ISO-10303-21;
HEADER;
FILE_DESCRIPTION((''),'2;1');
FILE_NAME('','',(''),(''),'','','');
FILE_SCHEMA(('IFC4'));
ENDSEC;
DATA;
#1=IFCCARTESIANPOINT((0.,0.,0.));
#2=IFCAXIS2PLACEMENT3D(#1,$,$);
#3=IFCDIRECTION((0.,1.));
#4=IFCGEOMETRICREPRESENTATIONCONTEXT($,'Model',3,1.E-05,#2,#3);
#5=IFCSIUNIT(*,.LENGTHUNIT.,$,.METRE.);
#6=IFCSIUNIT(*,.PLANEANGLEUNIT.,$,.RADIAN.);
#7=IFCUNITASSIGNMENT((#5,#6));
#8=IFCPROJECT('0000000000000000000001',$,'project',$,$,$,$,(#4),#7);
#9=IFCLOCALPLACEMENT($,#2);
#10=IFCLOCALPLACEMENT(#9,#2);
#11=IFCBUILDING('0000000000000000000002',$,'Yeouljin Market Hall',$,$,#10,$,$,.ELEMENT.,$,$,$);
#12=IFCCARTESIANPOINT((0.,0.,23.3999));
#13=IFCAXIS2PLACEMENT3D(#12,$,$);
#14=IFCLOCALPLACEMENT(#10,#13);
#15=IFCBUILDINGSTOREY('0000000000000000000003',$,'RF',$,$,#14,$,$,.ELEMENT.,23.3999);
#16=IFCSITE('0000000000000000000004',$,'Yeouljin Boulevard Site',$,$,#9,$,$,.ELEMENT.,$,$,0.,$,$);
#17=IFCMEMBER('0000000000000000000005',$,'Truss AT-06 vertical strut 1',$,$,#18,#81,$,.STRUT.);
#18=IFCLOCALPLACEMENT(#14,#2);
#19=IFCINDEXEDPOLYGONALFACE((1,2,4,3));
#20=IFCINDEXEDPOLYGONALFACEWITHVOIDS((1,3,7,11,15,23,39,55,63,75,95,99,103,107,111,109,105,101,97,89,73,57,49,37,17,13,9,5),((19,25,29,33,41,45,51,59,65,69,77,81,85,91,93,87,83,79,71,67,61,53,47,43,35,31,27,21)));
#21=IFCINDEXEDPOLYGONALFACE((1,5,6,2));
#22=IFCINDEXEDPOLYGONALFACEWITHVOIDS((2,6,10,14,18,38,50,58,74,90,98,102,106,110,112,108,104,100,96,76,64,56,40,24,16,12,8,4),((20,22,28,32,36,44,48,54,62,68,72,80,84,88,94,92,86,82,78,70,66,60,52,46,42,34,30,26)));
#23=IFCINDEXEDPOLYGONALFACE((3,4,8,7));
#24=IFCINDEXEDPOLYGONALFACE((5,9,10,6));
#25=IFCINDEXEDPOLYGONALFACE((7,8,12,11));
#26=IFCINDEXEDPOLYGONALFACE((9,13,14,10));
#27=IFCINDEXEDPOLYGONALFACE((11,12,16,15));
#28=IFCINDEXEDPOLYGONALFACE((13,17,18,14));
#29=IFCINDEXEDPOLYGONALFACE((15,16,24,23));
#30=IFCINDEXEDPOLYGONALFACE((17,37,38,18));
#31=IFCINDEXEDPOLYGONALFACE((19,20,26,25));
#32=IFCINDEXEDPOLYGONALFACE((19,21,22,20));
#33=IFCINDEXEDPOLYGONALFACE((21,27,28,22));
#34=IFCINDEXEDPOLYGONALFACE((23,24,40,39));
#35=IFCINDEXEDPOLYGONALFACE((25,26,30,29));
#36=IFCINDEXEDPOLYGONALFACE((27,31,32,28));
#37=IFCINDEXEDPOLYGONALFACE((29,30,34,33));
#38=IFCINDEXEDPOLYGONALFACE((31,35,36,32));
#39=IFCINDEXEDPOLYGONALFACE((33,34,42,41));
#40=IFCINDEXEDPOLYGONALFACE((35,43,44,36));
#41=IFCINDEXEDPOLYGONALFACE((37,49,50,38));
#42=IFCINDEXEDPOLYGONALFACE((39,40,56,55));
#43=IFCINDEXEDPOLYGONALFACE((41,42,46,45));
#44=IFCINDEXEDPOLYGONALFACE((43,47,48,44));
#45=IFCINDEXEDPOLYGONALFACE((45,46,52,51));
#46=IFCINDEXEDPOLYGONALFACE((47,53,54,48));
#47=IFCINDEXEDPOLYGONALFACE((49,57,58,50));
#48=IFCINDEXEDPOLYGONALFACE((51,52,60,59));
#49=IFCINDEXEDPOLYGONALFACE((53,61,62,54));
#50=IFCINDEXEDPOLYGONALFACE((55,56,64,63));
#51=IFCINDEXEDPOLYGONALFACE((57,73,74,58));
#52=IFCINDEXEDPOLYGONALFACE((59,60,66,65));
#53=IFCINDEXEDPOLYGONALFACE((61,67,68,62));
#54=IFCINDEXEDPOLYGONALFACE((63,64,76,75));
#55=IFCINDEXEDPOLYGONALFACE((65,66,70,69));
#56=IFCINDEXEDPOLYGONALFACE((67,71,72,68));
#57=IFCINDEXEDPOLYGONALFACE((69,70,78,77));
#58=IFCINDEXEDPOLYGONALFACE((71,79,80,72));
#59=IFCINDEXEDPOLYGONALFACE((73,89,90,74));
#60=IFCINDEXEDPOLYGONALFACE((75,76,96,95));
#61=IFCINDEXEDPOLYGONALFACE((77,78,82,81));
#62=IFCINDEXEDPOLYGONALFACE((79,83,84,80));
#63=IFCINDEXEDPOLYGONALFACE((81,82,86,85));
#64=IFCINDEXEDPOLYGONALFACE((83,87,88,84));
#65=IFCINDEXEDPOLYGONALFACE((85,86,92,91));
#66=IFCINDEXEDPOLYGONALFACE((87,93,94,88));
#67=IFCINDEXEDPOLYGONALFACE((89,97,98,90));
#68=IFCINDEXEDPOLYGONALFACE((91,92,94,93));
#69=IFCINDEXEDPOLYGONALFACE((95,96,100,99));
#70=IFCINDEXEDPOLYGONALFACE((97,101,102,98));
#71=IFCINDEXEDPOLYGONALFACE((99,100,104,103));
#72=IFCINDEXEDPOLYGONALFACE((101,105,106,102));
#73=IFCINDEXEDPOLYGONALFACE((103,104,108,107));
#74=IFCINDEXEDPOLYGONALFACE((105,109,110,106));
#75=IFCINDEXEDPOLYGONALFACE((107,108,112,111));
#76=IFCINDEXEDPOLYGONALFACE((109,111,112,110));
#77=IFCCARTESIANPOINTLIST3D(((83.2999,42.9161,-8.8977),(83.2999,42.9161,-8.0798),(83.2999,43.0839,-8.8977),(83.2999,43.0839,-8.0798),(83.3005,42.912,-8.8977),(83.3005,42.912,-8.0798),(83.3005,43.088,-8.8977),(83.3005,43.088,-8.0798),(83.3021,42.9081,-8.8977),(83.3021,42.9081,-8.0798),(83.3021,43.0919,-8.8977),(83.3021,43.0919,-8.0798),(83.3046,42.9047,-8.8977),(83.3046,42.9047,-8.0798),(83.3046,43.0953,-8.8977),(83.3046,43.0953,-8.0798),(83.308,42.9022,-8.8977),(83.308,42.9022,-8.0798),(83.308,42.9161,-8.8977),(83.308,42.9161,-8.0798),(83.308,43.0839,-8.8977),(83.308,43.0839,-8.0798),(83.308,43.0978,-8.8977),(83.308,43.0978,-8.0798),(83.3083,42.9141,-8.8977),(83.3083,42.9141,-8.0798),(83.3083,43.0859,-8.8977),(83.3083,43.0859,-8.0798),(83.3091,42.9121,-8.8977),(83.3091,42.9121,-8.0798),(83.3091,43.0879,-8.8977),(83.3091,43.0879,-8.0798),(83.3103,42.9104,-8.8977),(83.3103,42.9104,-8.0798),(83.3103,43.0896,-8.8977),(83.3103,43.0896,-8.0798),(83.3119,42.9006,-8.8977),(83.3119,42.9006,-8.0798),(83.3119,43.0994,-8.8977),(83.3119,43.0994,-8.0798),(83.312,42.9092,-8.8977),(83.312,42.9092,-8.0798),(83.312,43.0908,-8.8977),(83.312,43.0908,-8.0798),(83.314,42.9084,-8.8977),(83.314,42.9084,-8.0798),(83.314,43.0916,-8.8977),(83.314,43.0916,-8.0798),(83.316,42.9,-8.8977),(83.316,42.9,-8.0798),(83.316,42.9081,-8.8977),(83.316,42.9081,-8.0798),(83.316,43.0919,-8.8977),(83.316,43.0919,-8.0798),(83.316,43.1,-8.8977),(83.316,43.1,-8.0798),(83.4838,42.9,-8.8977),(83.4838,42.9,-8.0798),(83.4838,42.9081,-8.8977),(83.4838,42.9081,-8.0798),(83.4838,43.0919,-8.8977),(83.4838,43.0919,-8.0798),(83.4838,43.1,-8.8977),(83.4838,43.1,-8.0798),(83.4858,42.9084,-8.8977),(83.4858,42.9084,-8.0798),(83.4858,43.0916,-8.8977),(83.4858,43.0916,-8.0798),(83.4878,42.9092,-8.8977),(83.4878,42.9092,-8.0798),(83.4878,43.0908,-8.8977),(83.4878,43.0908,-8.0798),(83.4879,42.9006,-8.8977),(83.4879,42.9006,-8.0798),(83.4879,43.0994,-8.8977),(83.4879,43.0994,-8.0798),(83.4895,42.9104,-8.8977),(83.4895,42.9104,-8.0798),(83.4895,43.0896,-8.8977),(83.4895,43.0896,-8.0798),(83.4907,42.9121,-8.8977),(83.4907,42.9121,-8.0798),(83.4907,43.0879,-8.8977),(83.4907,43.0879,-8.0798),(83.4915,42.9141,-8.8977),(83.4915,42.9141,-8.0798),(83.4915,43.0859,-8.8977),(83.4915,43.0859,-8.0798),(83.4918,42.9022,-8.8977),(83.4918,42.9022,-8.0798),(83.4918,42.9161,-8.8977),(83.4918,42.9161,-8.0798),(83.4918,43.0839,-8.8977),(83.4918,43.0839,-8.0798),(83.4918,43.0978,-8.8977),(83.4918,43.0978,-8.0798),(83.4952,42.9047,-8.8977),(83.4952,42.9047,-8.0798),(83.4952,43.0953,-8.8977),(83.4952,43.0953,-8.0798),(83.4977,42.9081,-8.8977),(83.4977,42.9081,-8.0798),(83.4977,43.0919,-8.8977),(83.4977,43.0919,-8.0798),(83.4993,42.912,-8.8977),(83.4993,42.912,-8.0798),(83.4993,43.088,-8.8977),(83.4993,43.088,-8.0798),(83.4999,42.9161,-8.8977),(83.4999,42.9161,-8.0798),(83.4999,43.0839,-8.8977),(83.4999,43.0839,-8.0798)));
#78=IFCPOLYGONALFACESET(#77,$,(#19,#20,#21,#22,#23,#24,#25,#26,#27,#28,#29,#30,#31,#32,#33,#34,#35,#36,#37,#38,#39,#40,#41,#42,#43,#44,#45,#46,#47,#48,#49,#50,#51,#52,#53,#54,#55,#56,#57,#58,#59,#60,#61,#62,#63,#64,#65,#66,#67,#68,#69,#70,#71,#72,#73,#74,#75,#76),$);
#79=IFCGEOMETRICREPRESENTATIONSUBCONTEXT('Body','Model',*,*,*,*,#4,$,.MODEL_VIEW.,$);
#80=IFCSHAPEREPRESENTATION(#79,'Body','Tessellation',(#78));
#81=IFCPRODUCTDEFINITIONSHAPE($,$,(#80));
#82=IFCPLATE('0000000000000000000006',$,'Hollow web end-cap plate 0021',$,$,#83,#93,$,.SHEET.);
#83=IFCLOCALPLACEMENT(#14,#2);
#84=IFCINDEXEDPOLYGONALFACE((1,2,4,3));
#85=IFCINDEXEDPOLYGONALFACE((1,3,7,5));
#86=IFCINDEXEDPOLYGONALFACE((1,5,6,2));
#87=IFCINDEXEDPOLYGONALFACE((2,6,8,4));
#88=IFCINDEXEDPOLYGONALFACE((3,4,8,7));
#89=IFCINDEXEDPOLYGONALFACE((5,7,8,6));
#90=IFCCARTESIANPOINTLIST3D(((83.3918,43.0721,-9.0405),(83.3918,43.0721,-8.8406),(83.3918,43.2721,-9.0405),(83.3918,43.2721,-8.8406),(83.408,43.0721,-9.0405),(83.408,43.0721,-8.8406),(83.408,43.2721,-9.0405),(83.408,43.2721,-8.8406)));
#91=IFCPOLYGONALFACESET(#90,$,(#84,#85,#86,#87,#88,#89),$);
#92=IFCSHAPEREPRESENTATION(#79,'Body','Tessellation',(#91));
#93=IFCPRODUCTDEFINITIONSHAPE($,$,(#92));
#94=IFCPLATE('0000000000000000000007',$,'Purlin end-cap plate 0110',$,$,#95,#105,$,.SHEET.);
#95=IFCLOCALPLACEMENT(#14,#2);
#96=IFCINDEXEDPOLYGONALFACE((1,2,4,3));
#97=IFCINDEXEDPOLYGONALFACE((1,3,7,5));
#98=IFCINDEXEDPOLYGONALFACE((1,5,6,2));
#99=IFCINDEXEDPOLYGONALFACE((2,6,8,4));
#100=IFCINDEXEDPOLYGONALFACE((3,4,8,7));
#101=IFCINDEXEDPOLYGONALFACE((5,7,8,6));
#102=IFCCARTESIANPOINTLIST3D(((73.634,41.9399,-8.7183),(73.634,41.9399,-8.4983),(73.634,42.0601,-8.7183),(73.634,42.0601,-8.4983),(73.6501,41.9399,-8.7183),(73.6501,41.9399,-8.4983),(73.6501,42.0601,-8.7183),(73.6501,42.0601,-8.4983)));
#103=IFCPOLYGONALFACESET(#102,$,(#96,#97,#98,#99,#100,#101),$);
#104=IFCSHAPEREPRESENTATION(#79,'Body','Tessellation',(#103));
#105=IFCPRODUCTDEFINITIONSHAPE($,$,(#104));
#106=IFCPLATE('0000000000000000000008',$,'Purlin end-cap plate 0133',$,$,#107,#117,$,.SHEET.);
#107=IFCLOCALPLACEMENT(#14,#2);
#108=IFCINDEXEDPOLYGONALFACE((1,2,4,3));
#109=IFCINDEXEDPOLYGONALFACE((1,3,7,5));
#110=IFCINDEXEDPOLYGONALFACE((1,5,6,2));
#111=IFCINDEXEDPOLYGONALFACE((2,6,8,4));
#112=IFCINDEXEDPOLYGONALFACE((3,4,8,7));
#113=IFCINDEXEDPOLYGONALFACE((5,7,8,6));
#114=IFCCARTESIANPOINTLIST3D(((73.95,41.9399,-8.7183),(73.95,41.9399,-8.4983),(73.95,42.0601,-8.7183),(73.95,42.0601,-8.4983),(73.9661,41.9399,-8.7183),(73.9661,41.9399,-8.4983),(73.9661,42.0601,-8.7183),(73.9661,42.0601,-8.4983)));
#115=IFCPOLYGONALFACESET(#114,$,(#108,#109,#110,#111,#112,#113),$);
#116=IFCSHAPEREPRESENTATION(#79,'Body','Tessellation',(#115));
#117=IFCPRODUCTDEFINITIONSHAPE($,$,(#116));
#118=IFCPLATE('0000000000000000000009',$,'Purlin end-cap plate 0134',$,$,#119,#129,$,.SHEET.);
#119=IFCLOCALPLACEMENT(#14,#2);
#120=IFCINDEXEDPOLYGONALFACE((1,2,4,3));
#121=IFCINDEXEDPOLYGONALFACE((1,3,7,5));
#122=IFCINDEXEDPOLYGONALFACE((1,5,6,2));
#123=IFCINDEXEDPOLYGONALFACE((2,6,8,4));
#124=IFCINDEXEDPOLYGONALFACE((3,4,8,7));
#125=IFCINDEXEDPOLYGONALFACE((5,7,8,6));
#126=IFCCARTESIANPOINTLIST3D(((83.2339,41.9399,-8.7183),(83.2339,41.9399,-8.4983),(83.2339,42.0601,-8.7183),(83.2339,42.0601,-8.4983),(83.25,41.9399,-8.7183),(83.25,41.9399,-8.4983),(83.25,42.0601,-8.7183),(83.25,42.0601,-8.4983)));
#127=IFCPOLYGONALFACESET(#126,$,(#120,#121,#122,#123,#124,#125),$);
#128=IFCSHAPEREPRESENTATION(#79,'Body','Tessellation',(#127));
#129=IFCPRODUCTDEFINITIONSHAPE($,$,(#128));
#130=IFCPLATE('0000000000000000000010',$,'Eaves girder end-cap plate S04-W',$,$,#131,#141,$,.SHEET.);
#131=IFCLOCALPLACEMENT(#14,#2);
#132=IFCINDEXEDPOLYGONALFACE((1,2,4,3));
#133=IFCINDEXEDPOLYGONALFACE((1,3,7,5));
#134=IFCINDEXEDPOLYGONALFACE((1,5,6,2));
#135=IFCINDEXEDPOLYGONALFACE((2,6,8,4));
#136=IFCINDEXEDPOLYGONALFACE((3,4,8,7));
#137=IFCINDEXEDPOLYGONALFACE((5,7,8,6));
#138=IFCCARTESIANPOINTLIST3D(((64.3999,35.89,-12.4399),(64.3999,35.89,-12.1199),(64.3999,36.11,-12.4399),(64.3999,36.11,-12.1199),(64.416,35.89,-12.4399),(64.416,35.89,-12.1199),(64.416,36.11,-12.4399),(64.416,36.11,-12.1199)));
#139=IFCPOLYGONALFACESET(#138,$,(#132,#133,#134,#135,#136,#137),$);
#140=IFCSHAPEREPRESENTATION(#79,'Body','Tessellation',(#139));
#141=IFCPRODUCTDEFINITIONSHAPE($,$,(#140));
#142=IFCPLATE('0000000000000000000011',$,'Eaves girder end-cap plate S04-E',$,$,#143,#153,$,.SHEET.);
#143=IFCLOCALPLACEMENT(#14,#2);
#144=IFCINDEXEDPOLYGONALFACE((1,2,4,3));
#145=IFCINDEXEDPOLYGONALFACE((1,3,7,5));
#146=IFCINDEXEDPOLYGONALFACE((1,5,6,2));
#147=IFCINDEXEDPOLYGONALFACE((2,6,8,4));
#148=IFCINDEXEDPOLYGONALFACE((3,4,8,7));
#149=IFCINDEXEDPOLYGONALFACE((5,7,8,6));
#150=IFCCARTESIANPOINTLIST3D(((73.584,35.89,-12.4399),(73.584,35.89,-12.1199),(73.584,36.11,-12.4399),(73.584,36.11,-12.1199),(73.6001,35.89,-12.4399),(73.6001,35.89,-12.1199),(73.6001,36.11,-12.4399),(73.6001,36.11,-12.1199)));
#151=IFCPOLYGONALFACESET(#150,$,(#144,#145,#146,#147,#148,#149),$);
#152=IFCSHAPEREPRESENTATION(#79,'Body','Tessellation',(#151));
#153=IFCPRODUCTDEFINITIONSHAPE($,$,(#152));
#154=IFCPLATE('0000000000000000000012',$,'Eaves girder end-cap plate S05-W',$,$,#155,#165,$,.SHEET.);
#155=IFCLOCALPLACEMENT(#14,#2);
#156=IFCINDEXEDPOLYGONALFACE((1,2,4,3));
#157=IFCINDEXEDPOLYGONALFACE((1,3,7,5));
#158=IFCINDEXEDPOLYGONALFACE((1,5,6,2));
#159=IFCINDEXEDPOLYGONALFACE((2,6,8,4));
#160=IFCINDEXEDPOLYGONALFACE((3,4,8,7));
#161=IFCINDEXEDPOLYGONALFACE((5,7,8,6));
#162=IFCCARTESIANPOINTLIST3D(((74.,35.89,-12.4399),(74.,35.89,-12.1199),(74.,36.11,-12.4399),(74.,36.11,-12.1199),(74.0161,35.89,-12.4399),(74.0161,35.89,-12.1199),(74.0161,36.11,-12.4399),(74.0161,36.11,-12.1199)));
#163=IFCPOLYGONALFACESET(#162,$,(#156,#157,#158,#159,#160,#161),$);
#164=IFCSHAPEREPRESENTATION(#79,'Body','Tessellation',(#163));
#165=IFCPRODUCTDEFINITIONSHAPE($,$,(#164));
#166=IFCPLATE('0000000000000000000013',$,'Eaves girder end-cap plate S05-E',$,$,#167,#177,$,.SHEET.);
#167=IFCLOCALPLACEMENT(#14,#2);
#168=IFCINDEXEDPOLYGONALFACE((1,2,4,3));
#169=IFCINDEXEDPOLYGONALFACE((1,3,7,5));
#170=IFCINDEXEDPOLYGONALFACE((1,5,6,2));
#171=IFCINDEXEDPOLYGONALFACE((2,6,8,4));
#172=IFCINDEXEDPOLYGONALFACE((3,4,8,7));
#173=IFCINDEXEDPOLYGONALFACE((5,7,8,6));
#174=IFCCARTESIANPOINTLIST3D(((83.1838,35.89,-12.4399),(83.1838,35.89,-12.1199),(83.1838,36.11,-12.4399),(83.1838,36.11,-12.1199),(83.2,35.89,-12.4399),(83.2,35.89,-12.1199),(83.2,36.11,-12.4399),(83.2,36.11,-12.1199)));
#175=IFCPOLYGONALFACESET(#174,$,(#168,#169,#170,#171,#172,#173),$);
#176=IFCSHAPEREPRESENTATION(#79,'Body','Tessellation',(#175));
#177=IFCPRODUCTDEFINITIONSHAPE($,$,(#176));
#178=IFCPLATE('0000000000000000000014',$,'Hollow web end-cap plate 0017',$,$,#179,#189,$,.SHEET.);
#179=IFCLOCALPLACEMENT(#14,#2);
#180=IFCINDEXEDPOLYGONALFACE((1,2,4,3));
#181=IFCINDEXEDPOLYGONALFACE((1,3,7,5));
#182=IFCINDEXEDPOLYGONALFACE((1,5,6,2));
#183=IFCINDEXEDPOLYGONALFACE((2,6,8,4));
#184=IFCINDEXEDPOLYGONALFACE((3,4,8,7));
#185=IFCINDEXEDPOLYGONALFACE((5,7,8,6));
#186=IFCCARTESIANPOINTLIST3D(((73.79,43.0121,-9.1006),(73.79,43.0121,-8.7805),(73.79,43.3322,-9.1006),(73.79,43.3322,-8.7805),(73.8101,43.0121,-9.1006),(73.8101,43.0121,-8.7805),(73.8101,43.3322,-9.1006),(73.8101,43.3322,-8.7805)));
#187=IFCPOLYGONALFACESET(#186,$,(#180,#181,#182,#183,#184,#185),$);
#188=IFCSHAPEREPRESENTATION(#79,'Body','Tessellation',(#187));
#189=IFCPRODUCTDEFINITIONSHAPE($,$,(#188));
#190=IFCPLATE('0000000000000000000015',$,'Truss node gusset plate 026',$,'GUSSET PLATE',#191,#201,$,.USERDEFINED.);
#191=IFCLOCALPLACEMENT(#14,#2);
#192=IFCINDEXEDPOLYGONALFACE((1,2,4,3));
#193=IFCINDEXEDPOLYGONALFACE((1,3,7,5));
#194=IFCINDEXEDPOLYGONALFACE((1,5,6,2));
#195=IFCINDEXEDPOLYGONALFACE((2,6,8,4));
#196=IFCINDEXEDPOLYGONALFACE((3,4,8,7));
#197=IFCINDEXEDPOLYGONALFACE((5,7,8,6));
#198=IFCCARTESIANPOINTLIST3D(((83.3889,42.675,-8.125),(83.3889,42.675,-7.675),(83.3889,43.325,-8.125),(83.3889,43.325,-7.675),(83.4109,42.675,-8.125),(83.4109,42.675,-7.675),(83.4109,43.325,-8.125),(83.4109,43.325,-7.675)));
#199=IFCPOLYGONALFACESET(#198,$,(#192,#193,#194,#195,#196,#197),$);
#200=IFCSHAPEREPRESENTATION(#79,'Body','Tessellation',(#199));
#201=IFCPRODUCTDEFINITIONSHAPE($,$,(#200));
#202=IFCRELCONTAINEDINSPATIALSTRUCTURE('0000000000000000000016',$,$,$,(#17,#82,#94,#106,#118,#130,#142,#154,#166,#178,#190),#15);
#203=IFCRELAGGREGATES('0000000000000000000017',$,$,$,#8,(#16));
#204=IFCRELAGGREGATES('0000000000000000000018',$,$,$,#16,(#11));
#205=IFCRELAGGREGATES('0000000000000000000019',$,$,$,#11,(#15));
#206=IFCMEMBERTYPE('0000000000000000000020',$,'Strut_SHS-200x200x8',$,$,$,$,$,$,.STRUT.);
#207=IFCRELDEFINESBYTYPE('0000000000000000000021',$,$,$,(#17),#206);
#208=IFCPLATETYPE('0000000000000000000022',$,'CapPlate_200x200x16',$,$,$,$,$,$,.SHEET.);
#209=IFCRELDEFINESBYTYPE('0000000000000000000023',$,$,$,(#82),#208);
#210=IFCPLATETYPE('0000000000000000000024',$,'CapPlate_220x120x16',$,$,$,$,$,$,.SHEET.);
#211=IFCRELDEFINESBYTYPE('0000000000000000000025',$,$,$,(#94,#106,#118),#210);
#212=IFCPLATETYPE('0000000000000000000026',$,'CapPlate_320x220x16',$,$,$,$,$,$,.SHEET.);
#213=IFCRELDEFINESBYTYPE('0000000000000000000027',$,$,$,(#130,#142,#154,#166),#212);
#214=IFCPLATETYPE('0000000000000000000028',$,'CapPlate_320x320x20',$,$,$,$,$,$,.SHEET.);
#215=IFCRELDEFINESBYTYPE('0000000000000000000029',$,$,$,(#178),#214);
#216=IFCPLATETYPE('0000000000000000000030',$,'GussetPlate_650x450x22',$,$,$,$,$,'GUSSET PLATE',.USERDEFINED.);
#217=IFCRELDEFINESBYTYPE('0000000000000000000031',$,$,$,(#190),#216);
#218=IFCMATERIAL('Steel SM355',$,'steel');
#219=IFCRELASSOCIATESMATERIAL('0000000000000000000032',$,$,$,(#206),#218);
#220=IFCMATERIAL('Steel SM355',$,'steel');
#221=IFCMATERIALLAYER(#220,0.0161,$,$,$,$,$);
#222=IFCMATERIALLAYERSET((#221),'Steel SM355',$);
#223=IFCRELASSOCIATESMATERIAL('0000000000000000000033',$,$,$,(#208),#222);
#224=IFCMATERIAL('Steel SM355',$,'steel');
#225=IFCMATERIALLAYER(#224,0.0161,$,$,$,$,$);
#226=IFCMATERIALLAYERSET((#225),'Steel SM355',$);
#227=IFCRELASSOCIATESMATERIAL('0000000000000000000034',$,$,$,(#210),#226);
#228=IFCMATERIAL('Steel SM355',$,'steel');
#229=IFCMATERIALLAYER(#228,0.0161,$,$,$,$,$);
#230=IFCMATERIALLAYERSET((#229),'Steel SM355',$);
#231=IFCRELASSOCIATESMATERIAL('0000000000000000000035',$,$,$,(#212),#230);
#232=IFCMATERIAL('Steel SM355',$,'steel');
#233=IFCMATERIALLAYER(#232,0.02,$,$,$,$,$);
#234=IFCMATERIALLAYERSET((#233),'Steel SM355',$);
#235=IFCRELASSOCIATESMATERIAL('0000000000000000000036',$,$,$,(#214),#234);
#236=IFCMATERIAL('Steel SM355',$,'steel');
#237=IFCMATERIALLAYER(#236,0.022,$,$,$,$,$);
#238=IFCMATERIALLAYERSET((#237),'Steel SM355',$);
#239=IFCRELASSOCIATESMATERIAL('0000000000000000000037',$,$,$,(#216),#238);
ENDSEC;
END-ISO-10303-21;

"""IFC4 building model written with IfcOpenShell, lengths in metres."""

from ifc_helpers import new_model, si_unit, direction, frame, origin, origin_2d, place, context, subcontext, project, spatial, rectangle, hollow_rectangle, extrude, material, layer, layer_set, material_profile, profile_set, type_object, element, save


model = new_model("IFC4")

# Units and contexts
model_context = context("Model", 3, precision=1e-05, world=origin(), true_north=direction((0.0, 1.0)))
body_context = subcontext(model_context, "Body", "Model", "MODEL_VIEW")
ifc_project = project(units=[si_unit("LENGTHUNIT", "METRE"), si_unit("PLANEANGLEUNIT", "RADIAN")], contexts=[model_context])

# Site, building, storey
site_placement = place(None, origin())
site = spatial("IfcSite", under=ifc_project, at=site_placement, Name="Yeouljin Boulevard Site", CompositionType="ELEMENT", RefElevation=0.0)
building_placement = place(site_placement, origin())
building = spatial("IfcBuilding", under=site, at=building_placement, Name="Yeouljin Market Hall", CompositionType="ELEMENT")
storey_placement = place(building_placement, frame((0.0, 0.0, 23.3999)))
storey = spatial("IfcBuildingStorey", under=building, at=storey_placement, Name="RF", CompositionType="ELEMENT", Elevation=23.3999)

# Member
ifc_material_1 = material(Name="Steel SM355", Category="steel")
ifc_material_profile_1 = material_profile(ifc_material_1, hollow_rectangle(XDim=0.2, YDim=0.2, WallThickness=0.0081, InnerFilletRadius=0.0081, OuterFilletRadius=0.0161, at=origin_2d()), Name="SHS-200x200x8")
ifc_profile_set_1 = profile_set([ifc_material_profile_1], Name="Steel SM355")
member_type_1 = type_object("IfcMemberType", Name="Strut_SHS-200x200x8", PredefinedType="STRUT", material=ifc_profile_set_1)
for number, where, z_axis, x_axis, name in (
    (1, (83.3999, 43.0, -8.8977), (0.0, 0.0, 1.0), (1.0, 0.0, 0.0), "Truss AT-06 vertical strut 1"),
):
    element("IfcMember", number, at=place(storey_placement, frame(where, z_axis=z_axis, x_axis=x_axis)), inside=storey, type_object=member_type_1, Name=name, PredefinedType="STRUT", context=body_context, shape_type="SweptSolid", body=[
        extrude(hollow_rectangle(XDim=0.2, YDim=0.2, WallThickness=0.0081, InnerFilletRadius=0.0081, OuterFilletRadius=0.0161, at=origin_2d()), origin(), (0.0, 0.0, 1.0), 0.8179),
    ])

# Plates
ifc_material_2 = material(Name="Steel SM355", Category="steel")
ifc_layer_1 = layer(ifc_material_2, 0.0161)
ifc_layer_set_1 = layer_set([ifc_layer_1], Name="Steel SM355")
plate_type_1 = type_object("IfcPlateType", Name="CapPlate_200x200x16", PredefinedType="SHEET", material=ifc_layer_set_1)
plate_1_placement = place(storey_placement, frame((83.3999, 43.1721, -9.0405), z_axis=(0.0, 0.0, 1.0), x_axis=(0.0, 1.0, 0.0)))
element("IfcPlate", 2, at=plate_1_placement, inside=storey, type_object=plate_type_1, Name="Hollow web end-cap plate 0021", PredefinedType="SHEET", context=body_context, shape_type="SweptSolid", body=[
    extrude(rectangle(XDim=0.2, YDim=0.0161, at=origin_2d()), origin(), (0.0, 0.0, 1.0), 0.2),
])
ifc_material_3 = material(Name="Steel SM355", Category="steel")
ifc_layer_2 = layer(ifc_material_3, 0.0161)
ifc_layer_set_2 = layer_set([ifc_layer_2], Name="Steel SM355")
plate_type_2 = type_object("IfcPlateType", Name="CapPlate_220x120x16", PredefinedType="SHEET", material=ifc_layer_set_2)
for number, where, z_axis, x_axis, name in (
    (3, (73.6421, 42.0, -8.7183), (0.0, 0.0, 1.0), (0.0, 1.0, 0.0), "Purlin end-cap plate 0110"),
    (4, (73.958, 42.0, -8.7183), (0.0, 0.0, 1.0), (0.0, 1.0, 0.0), "Purlin end-cap plate 0133"),
    (5, (83.2419, 42.0, -8.7183), (0.0, 0.0, 1.0), (0.0, 1.0, 0.0), "Purlin end-cap plate 0134"),
):
    element("IfcPlate", number, at=place(storey_placement, frame(where, z_axis=z_axis, x_axis=x_axis)), inside=storey, type_object=plate_type_2, Name=name, PredefinedType="SHEET", context=body_context, shape_type="SweptSolid", body=[
        extrude(rectangle(XDim=0.1201, YDim=0.0161, at=origin_2d()), origin(), (0.0, 0.0, 1.0), 0.22),
    ])
ifc_material_4 = material(Name="Steel SM355", Category="steel")
ifc_layer_3 = layer(ifc_material_4, 0.0161)
ifc_layer_set_3 = layer_set([ifc_layer_3], Name="Steel SM355")
plate_type_3 = type_object("IfcPlateType", Name="CapPlate_320x220x16", PredefinedType="SHEET", material=ifc_layer_set_3)
for number, where, z_axis, x_axis, name in (
    (6, (64.408, 36.0, -12.4399), (0.0, 0.0, 1.0), (0.0, 1.0, 0.0), "Eaves girder end-cap plate S04-W"),
    (7, (73.592, 36.0, -12.4399), (0.0, 0.0, 1.0), (0.0, 1.0, 0.0), "Eaves girder end-cap plate S04-E"),
    (8, (74.0081, 36.0, -12.4399), (0.0, 0.0, 1.0), (0.0, 1.0, 0.0), "Eaves girder end-cap plate S05-W"),
    (9, (83.1919, 36.0, -12.4399), (0.0, 0.0, 1.0), (0.0, 1.0, 0.0), "Eaves girder end-cap plate S05-E"),
):
    element("IfcPlate", number, at=place(storey_placement, frame(where, z_axis=z_axis, x_axis=x_axis)), inside=storey, type_object=plate_type_3, Name=name, PredefinedType="SHEET", context=body_context, shape_type="SweptSolid", body=[
        extrude(rectangle(XDim=0.22, YDim=0.0161, at=origin_2d()), origin(), (0.0, 0.0, 1.0), 0.3201),
    ])
ifc_material_5 = material(Name="Steel SM355", Category="steel")
ifc_layer_4 = layer(ifc_material_5, 0.02)
ifc_layer_set_4 = layer_set([ifc_layer_4], Name="Steel SM355")
plate_type_4 = type_object("IfcPlateType", Name="CapPlate_320x320x20", PredefinedType="SHEET", material=ifc_layer_set_4)
plate_2_placement = place(storey_placement, frame((73.8, 43.1721, -9.1006), z_axis=(0.0, 0.0, 1.0), x_axis=(0.0, 1.0, 0.0)))
element("IfcPlate", 10, at=plate_2_placement, inside=storey, type_object=plate_type_4, Name="Hollow web end-cap plate 0017", PredefinedType="SHEET", context=body_context, shape_type="SweptSolid", body=[
    extrude(rectangle(XDim=0.3201, YDim=0.02, at=origin_2d()), origin(), (0.0, 0.0, 1.0), 0.3201),
])
ifc_material_6 = material(Name="Steel SM355", Category="steel")
ifc_layer_5 = layer(ifc_material_6, 0.022)
ifc_layer_set_5 = layer_set([ifc_layer_5], Name="Steel SM355")
plate_type_5 = type_object("IfcPlateType", Name="GussetPlate_650x450x22", ElementType="GUSSET PLATE", PredefinedType="USERDEFINED", material=ifc_layer_set_5)
plate_3_placement = place(storey_placement, frame((83.3999, 43.0, -8.125), z_axis=(0.0, 0.0, 1.0), x_axis=(0.0, 1.0, 0.0)))
element("IfcPlate", 11, at=plate_3_placement, inside=storey, type_object=plate_type_5, Name="Truss node gusset plate 026", ObjectType="GUSSET PLATE", PredefinedType="USERDEFINED", context=body_context, shape_type="SweptSolid", body=[
    extrude(rectangle(XDim=0.6499, YDim=0.022, at=origin_2d()), origin(), (0.0, 0.0, 1.0), 0.45),
])

save(model, "model.ifc")
